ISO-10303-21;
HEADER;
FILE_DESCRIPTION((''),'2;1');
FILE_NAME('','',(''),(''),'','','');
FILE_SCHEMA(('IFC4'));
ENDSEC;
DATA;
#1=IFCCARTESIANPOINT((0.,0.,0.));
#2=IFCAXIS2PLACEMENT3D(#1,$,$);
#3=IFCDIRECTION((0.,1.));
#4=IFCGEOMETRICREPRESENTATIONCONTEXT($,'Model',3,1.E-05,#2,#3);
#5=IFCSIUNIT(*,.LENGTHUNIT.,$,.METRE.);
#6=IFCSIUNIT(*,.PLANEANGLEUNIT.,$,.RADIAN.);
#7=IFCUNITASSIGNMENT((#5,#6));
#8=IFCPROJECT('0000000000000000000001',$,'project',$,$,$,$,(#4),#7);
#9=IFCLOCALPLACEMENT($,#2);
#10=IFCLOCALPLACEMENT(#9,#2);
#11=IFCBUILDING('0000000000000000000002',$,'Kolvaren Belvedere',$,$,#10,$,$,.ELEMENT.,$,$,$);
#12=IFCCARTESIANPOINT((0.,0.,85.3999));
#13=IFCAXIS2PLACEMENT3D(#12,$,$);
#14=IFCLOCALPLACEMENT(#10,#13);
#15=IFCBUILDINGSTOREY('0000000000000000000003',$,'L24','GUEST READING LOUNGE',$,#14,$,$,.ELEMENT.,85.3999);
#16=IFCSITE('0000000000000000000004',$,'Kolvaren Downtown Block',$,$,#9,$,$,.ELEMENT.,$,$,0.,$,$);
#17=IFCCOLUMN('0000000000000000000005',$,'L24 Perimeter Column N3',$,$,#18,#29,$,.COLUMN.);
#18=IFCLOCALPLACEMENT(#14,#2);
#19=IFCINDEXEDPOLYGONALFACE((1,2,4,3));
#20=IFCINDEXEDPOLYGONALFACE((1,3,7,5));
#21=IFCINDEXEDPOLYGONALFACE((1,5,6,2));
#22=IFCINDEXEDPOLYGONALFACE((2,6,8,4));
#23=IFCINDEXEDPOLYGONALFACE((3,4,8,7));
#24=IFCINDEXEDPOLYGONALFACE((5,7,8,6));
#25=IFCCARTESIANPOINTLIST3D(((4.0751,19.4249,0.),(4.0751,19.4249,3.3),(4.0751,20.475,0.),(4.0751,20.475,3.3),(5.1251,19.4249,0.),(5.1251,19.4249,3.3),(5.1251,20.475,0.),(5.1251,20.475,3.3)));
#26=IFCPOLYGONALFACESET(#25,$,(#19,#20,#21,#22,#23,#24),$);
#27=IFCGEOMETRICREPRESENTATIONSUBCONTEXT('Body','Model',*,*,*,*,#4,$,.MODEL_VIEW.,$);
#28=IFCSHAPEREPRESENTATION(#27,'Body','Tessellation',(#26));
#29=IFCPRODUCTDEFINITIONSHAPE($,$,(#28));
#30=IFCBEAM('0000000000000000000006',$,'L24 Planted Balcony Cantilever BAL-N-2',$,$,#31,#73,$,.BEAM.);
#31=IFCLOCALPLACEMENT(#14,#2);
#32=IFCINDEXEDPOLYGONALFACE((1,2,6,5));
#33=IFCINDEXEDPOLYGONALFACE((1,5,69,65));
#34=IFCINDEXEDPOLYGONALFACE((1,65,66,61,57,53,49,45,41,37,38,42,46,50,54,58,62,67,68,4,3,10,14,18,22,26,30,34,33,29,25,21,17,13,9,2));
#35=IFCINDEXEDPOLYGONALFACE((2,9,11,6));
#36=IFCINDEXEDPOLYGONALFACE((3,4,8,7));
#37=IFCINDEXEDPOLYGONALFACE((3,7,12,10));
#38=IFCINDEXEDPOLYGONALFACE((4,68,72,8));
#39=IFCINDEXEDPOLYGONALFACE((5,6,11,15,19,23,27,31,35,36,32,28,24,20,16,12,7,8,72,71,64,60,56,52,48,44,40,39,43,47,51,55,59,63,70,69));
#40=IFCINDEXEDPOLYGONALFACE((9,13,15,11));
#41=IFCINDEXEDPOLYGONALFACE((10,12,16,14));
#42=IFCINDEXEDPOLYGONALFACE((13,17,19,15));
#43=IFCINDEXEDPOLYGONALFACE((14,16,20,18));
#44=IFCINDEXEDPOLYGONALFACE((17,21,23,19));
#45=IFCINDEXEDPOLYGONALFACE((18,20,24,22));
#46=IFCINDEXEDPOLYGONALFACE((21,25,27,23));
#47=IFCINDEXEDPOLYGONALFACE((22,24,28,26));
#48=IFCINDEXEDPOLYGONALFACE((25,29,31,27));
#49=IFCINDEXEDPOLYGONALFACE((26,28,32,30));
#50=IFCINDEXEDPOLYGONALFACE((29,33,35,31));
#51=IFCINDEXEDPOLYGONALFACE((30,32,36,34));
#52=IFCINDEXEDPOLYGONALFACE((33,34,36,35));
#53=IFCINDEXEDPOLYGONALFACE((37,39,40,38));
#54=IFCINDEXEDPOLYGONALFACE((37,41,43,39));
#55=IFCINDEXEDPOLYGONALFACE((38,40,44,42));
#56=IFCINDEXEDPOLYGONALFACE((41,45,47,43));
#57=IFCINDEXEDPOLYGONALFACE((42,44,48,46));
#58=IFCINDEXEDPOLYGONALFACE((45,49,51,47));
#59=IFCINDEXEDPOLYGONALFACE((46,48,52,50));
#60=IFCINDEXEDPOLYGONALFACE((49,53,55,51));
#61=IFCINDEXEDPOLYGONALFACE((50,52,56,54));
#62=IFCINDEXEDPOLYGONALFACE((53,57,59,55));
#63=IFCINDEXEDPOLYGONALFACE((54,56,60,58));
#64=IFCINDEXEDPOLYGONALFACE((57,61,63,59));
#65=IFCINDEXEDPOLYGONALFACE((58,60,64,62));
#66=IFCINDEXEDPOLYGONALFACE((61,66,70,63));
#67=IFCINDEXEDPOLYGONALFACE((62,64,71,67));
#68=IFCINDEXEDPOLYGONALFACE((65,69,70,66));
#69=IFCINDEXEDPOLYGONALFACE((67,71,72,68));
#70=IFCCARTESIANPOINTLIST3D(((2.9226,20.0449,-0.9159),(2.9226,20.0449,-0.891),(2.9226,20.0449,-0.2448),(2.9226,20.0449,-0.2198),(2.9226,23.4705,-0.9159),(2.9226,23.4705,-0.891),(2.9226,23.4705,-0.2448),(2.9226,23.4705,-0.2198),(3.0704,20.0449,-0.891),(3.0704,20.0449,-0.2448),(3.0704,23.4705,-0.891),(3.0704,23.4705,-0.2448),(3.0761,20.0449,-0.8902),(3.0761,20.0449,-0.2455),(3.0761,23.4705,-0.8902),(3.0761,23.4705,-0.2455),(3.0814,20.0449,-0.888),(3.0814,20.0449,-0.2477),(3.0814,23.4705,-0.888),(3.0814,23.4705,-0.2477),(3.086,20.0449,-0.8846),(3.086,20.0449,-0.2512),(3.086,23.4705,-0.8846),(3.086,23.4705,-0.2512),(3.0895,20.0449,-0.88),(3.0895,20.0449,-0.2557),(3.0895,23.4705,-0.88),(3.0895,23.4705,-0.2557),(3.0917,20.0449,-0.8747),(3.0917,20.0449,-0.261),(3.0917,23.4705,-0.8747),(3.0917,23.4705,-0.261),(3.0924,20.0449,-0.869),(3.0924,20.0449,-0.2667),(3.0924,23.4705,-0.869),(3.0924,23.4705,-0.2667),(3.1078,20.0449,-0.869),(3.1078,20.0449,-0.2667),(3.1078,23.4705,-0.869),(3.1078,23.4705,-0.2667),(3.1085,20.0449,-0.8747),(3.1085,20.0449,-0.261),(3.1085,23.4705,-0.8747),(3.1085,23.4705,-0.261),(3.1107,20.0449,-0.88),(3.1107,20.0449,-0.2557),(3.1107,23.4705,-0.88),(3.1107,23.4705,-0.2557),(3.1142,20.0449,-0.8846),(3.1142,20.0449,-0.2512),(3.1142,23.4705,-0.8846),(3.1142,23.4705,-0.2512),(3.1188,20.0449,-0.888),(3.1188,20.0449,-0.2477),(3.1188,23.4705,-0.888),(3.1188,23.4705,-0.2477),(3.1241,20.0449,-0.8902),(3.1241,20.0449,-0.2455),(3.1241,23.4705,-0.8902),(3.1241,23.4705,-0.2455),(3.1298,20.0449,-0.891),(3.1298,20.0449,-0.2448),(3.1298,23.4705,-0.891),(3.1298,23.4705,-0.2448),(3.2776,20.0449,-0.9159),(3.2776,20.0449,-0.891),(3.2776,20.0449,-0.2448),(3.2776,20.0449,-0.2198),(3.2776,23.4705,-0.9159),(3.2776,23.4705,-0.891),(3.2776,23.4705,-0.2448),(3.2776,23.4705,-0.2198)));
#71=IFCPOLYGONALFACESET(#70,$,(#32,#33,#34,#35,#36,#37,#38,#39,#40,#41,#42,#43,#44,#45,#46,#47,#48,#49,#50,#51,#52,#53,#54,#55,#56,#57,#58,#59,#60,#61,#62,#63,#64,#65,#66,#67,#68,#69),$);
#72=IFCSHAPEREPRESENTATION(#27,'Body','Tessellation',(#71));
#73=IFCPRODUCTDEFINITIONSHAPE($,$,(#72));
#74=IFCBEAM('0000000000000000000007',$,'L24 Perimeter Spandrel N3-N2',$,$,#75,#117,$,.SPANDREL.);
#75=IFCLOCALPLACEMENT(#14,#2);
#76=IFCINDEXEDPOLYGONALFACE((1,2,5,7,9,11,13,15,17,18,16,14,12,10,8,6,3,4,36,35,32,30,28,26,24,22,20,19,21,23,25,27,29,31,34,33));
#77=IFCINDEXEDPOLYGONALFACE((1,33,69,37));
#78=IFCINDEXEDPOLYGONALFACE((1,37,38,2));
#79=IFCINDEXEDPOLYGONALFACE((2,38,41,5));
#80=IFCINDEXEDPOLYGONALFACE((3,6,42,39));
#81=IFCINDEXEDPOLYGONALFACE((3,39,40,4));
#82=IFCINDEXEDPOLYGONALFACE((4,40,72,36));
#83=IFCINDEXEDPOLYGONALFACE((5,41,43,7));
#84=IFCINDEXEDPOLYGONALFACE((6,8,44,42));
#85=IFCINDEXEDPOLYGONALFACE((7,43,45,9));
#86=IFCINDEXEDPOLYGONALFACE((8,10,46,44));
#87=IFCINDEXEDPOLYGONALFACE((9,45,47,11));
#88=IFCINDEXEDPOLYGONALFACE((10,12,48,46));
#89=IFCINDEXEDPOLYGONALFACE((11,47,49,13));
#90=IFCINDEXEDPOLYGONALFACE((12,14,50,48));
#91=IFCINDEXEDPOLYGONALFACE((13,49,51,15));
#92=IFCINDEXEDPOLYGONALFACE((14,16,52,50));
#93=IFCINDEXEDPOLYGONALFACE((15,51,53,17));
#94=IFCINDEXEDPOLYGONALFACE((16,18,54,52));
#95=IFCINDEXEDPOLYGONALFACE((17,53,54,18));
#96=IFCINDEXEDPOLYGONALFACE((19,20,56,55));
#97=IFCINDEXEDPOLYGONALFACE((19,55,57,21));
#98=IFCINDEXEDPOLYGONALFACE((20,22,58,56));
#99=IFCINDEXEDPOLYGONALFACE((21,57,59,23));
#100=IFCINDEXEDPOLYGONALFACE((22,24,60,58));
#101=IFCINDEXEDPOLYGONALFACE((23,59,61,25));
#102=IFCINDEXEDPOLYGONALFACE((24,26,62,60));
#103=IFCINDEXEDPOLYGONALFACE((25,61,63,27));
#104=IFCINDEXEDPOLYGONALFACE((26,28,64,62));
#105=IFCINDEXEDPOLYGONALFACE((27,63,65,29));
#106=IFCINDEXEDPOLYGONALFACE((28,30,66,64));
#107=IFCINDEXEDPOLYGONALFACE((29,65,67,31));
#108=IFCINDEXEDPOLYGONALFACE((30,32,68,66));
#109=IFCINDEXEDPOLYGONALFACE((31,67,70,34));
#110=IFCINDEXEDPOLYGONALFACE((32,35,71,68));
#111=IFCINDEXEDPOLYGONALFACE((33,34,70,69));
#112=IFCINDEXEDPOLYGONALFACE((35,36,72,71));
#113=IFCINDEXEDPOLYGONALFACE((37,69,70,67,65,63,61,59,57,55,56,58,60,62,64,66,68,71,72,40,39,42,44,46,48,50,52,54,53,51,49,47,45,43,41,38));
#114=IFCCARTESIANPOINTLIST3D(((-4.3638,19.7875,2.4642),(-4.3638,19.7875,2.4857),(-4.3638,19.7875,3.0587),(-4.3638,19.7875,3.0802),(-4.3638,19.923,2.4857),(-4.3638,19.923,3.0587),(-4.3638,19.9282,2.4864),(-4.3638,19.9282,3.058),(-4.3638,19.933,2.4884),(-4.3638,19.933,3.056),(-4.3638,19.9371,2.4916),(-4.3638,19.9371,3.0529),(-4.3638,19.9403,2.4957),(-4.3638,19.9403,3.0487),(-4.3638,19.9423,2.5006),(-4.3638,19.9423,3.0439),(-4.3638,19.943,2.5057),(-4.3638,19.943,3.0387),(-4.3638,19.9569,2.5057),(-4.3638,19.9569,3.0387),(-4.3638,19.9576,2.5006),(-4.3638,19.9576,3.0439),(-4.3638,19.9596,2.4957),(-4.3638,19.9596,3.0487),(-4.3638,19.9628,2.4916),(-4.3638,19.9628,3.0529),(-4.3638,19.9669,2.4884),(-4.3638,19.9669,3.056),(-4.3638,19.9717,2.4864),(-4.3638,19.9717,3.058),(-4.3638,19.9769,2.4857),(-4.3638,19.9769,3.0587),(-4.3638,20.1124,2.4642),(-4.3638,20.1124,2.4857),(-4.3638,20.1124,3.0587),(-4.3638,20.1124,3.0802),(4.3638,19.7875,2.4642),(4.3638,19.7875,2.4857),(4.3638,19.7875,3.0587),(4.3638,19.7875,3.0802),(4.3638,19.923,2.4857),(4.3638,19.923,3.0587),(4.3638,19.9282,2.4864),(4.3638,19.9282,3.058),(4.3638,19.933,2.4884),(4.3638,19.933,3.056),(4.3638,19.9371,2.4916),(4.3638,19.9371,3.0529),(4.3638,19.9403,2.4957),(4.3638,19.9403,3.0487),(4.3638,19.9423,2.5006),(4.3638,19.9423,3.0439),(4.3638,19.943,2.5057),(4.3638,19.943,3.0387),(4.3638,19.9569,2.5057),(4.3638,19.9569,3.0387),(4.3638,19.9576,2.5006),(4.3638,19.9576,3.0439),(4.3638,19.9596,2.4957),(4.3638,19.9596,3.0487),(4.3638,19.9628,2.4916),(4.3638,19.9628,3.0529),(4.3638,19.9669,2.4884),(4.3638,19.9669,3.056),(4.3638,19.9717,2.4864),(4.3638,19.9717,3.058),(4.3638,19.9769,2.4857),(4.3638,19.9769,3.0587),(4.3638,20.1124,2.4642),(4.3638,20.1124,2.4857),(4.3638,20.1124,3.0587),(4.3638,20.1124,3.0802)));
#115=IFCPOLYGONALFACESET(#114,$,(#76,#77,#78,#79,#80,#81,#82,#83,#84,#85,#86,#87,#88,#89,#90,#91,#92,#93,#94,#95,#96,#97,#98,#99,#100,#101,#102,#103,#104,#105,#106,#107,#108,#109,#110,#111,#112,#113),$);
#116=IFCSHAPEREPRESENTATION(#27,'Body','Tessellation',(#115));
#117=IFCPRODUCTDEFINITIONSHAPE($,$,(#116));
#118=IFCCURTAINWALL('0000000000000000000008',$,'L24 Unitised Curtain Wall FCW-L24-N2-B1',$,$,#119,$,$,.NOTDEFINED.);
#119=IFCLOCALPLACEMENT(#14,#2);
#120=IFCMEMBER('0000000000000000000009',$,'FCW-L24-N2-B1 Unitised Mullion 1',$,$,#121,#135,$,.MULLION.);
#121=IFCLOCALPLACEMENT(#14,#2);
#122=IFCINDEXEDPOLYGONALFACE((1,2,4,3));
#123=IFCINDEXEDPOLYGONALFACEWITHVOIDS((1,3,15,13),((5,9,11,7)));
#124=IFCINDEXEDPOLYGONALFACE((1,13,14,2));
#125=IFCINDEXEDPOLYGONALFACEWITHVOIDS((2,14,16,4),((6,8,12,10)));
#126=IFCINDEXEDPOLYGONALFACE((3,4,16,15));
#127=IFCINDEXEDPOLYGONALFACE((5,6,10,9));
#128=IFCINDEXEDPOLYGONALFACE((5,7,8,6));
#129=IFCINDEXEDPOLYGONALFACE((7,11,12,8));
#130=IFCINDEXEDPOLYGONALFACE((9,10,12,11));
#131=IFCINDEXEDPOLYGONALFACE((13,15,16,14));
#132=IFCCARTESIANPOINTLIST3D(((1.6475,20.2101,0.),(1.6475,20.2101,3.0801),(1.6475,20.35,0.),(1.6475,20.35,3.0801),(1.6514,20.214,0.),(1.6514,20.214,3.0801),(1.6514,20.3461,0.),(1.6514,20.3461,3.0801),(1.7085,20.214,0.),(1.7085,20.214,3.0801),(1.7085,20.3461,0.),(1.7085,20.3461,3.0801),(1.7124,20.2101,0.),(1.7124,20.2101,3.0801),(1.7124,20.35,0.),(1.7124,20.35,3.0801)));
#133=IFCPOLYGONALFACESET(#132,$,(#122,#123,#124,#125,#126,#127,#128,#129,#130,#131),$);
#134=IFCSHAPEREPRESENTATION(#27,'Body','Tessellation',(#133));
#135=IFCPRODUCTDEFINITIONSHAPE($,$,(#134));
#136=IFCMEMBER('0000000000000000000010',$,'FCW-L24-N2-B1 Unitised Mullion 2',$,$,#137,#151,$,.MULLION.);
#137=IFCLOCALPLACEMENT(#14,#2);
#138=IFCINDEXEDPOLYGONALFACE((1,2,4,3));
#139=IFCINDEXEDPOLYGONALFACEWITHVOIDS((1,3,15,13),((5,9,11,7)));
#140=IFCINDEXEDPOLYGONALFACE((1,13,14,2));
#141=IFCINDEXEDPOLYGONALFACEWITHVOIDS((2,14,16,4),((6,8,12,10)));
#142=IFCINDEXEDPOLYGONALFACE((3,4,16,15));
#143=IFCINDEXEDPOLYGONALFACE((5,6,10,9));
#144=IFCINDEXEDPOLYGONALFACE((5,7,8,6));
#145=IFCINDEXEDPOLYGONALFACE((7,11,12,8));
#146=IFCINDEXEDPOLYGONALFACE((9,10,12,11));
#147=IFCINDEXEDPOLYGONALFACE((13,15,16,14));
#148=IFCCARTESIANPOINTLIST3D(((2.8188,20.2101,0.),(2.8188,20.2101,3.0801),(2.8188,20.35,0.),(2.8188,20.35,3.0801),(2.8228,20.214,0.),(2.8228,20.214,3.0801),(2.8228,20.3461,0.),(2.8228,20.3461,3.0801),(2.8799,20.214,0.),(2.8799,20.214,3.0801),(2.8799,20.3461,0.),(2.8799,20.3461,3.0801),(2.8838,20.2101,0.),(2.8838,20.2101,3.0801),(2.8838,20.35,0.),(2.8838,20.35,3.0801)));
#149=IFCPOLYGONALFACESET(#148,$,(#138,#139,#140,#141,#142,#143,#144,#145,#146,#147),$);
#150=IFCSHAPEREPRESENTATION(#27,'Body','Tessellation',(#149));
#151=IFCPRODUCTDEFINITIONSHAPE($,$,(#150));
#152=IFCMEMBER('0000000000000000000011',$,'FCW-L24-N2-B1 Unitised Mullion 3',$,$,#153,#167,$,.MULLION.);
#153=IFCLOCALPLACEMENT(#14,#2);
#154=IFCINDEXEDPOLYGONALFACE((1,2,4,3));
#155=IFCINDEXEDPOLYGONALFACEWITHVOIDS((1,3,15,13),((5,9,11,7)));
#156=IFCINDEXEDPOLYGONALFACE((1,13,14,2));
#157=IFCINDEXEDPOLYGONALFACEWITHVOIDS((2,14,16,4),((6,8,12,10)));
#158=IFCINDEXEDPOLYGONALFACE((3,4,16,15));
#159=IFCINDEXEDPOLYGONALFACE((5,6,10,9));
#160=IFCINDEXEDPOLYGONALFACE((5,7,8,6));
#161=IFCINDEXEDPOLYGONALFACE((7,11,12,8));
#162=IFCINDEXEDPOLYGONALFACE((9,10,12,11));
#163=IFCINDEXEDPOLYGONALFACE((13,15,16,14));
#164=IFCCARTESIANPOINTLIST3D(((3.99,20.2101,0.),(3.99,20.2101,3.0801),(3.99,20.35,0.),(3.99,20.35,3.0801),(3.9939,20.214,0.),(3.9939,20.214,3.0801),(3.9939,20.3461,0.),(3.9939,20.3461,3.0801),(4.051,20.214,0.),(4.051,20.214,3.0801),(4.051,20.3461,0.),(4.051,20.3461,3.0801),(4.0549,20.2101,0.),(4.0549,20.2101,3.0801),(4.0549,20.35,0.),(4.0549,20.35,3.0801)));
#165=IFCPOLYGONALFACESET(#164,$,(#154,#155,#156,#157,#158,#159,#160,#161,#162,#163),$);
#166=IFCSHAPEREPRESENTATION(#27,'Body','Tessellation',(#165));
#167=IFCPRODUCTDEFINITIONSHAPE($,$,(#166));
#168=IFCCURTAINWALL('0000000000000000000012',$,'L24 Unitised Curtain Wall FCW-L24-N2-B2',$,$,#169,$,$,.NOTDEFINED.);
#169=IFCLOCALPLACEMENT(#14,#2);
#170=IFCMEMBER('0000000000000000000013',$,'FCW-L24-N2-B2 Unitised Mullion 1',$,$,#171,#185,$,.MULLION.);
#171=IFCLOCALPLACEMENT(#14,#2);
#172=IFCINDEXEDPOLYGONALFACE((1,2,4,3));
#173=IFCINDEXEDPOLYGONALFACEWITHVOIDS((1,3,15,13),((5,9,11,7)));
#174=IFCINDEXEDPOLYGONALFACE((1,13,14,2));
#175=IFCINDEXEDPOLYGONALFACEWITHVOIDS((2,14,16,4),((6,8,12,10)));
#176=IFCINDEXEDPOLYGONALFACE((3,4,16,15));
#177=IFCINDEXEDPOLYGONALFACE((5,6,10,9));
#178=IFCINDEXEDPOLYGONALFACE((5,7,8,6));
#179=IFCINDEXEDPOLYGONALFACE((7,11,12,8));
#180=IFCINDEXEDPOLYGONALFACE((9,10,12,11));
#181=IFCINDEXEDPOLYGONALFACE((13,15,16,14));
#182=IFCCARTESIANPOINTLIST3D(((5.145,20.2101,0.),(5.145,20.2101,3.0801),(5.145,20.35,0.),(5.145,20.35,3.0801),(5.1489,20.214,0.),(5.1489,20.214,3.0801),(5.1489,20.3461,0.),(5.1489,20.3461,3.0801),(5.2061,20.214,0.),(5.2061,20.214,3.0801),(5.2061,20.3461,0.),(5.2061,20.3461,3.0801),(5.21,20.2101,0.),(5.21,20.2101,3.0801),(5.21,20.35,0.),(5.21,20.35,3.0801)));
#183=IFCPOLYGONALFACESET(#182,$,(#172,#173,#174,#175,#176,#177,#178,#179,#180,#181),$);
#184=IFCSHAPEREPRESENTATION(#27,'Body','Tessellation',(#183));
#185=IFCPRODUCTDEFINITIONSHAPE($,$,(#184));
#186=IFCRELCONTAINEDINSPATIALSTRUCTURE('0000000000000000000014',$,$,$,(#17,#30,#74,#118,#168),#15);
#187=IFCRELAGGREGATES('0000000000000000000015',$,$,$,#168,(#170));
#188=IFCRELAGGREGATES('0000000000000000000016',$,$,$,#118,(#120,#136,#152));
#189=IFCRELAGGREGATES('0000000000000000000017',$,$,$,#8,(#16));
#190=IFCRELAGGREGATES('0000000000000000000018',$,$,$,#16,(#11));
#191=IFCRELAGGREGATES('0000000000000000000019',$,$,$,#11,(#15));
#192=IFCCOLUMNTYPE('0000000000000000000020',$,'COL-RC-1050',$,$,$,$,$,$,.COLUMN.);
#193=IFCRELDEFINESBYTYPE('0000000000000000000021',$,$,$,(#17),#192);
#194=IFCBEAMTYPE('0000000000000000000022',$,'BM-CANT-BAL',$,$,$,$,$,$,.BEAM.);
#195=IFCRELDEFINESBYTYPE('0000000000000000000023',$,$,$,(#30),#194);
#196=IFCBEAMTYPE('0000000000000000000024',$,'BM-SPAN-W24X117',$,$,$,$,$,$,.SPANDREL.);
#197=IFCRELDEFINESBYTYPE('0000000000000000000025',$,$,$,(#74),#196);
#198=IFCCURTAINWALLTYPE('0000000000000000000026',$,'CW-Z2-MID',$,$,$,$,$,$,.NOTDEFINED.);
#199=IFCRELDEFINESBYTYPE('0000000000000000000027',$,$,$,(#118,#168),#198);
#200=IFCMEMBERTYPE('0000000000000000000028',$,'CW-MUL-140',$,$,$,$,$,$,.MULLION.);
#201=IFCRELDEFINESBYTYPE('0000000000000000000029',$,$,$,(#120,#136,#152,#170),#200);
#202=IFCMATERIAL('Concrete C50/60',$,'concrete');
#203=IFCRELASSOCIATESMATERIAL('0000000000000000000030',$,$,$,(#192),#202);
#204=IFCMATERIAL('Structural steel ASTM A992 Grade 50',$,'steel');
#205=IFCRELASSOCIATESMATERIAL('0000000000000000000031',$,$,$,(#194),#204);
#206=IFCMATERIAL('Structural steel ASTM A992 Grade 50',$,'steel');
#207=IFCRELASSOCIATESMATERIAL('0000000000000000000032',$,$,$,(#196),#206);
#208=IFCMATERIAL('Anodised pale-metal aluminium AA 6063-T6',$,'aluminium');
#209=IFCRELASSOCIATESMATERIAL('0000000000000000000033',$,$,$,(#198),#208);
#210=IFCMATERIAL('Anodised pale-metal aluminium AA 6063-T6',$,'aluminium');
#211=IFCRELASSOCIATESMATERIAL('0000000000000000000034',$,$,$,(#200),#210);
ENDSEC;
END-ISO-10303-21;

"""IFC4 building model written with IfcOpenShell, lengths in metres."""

from ifc_helpers import new_model, si_unit, direction, frame, origin, origin_2d, place, context, subcontext, project, spatial, rectangle, hollow_rectangle, i_section, extrude, material, material_profile, profile_set, type_object, element, aggregate, save


model = new_model("IFC4")

# Units and contexts
model_context = context("Model", 3, precision=1e-05, world=origin(), true_north=direction((0.0, 1.0)))
body_context = subcontext(model_context, "Body", "Model", "MODEL_VIEW")
ifc_project = project(units=[si_unit("LENGTHUNIT", "METRE"), si_unit("PLANEANGLEUNIT", "RADIAN")], contexts=[model_context])

# Site, building, storey
site_placement = place(None, origin())
site = spatial("IfcSite", under=ifc_project, at=site_placement, Name="Kolvaren Downtown Block", CompositionType="ELEMENT", RefElevation=0.0)
building_placement = place(site_placement, origin())
building = spatial("IfcBuilding", under=site, at=building_placement, Name="Kolvaren Belvedere", CompositionType="ELEMENT")
storey_placement = place(building_placement, frame((0.0, 0.0, 85.3999)))
storey = spatial("IfcBuildingStorey", under=building, at=storey_placement, Name="L24", Description="GUEST READING LOUNGE", CompositionType="ELEMENT", Elevation=85.3999)

# Column
ifc_material_1 = material(Name="Concrete C50/60", Category="concrete")
ifc_material_profile_1 = material_profile(ifc_material_1, rectangle(XDim=1.05, YDim=1.05, at=origin_2d()), Name="RC 1050X1050")
ifc_profile_set_1 = profile_set([ifc_material_profile_1], Name="Concrete C50/60")
column_type = type_object("IfcColumnType", Name="COL-RC-1050", PredefinedType="COLUMN", material=ifc_profile_set_1)
column_placement = place(storey_placement, frame((4.6001, 19.95, 0.0), z_axis=(0.0, 0.0, 1.0), x_axis=(1.0, 0.0, 0.0)))
element("IfcColumn", 1, at=column_placement, inside=storey, type_object=column_type, Name="L24 Perimeter Column N3", PredefinedType="COLUMN", context=body_context, shape_type="SweptSolid", body=[
    extrude(rectangle(XDim=1.05, YDim=1.05, at=origin_2d()), origin(), (0.0, 0.0, 1.0), 3.3),
])

# Beams
ifc_material_2 = material(Name="Structural steel ASTM A992 Grade 50", Category="steel")
ifc_material_profile_2 = material_profile(ifc_material_2, i_section(OverallWidth=0.355, OverallDepth=0.696, WebThickness=0.0154, FlangeThickness=0.0249, FilletRadius=0.022, at=origin_2d()), Name="W27X146")
ifc_profile_set_2 = profile_set([ifc_material_profile_2], Name="Structural steel ASTM A992 Grade 50")
beam_type_1 = type_object("IfcBeamType", Name="BM-CANT-BAL", PredefinedType="BEAM", material=ifc_profile_set_2)
beam_1_placement = place(storey_placement, frame((3.1001, 20.0449, -0.5679), z_axis=(0.0, 1.0, 0.0), x_axis=(-1.0, 0.0, 0.0)))
element("IfcBeam", 2, at=beam_1_placement, inside=storey, type_object=beam_type_1, Name="L24 Planted Balcony Cantilever BAL-N-2", PredefinedType="BEAM", context=body_context, shape_type="SweptSolid", body=[
    extrude(i_section(OverallWidth=0.355, OverallDepth=0.696, WebThickness=0.0154, FlangeThickness=0.0249, FilletRadius=0.022, at=origin_2d()), origin(), (0.0, 0.0, 1.0), 3.4255),
])
ifc_material_3 = material(Name="Structural steel ASTM A992 Grade 50", Category="steel")
ifc_material_profile_3 = material_profile(ifc_material_3, i_section(OverallWidth=0.325, OverallDepth=0.616, WebThickness=0.0139, FlangeThickness=0.0215, FilletRadius=0.02, at=origin_2d()), Name="W24X117")
ifc_profile_set_3 = profile_set([ifc_material_profile_3], Name="Structural steel ASTM A992 Grade 50")
beam_type_2 = type_object("IfcBeamType", Name="BM-SPAN-W24X117", PredefinedType="SPANDREL", material=ifc_profile_set_3)
beam_2_placement = place(storey_placement, frame((4.3638, 19.95, 2.7722), z_axis=(-1.0, 0.0, 0.0), x_axis=(0.0, -1.0, 0.0)))
element("IfcBeam", 3, at=beam_2_placement, inside=storey, type_object=beam_type_2, Name="L24 Perimeter Spandrel N3-N2", PredefinedType="SPANDREL", context=body_context, shape_type="SweptSolid", body=[
    extrude(i_section(OverallWidth=0.325, OverallDepth=0.616, WebThickness=0.0139, FlangeThickness=0.0215, FilletRadius=0.02, at=origin_2d()), origin(), (0.0, 0.0, 1.0), 8.7275),
])

# Curtain wall, members
ifc_material_4 = material(Name="Anodised pale-metal aluminium AA 6063-T6", Category="aluminium")
curtain_wall_type = type_object("IfcCurtainWallType", Name="CW-Z2-MID", PredefinedType="NOTDEFINED", material=ifc_material_4)
curtain_wall_1_placement = place(storey_placement, origin())
curtain_wall_1 = element("IfcCurtainWall", 4, at=curtain_wall_1_placement, inside=storey, type_object=curtain_wall_type, Name="L24 Unitised Curtain Wall FCW-L24-N2-B1", PredefinedType="NOTDEFINED")
ifc_material_5 = material(Name="Anodised pale-metal aluminium AA 6063-T6", Category="aluminium")
ifc_material_profile_4 = material_profile(ifc_material_5, hollow_rectangle(XDim=0.0649, YDim=0.1399, WallThickness=0.0039, at=origin_2d()), Name="ALU-MUL-140X65")
ifc_profile_set_4 = profile_set([ifc_material_profile_4], Name="Anodised pale-metal aluminium AA 6063-T6")
member_type_1 = type_object("IfcMemberType", Name="CW-MUL-140", PredefinedType="MULLION", material=ifc_profile_set_4)
member_1_placement = place(storey_placement, frame((1.6799, 20.28, 0.0), z_axis=(0.0, 0.0, 1.0), x_axis=(1.0, 0.0, 0.0)))
member_1 = element("IfcMember", 5, at=member_1_placement, type_object=member_type_1, Name="FCW-L24-N2-B1 Unitised Mullion 1", PredefinedType="MULLION", context=body_context, shape_type="SweptSolid", body=[
    extrude(hollow_rectangle(XDim=0.0649, YDim=0.1399, WallThickness=0.0039, at=origin_2d()), origin(), (0.0, 0.0, 1.0), 3.0801),
])
member_2_placement = place(storey_placement, frame((2.8513, 20.28, 0.0), z_axis=(0.0, 0.0, 1.0), x_axis=(1.0, 0.0, 0.0)))
member_2 = element("IfcMember", 6, at=member_2_placement, type_object=member_type_1, Name="FCW-L24-N2-B1 Unitised Mullion 2", PredefinedType="MULLION", context=body_context, shape_type="SweptSolid", body=[
    extrude(hollow_rectangle(XDim=0.0649, YDim=0.1399, WallThickness=0.0039, at=origin_2d()), origin(), (0.0, 0.0, 1.0), 3.0801),
])
member_3_placement = place(storey_placement, frame((4.0225, 20.28, 0.0), z_axis=(0.0, 0.0, 1.0), x_axis=(1.0, 0.0, 0.0)))
member_3 = element("IfcMember", 7, at=member_3_placement, type_object=member_type_1, Name="FCW-L24-N2-B1 Unitised Mullion 3", PredefinedType="MULLION", context=body_context, shape_type="SweptSolid", body=[
    extrude(hollow_rectangle(XDim=0.0649, YDim=0.1399, WallThickness=0.0039, at=origin_2d()), origin(), (0.0, 0.0, 1.0), 3.0801),
])

# Curtain wall, member
curtain_wall_2_placement = place(storey_placement, origin())
curtain_wall_2 = element("IfcCurtainWall", 8, at=curtain_wall_2_placement, inside=storey, type_object=curtain_wall_type, Name="L24 Unitised Curtain Wall FCW-L24-N2-B2", PredefinedType="NOTDEFINED")
member_4_placement = place(storey_placement, frame((5.1775, 20.28, 0.0), z_axis=(0.0, 0.0, 1.0), x_axis=(1.0, 0.0, 0.0)))
member_4 = element("IfcMember", 9, at=member_4_placement, type_object=member_type_1, Name="FCW-L24-N2-B2 Unitised Mullion 1", PredefinedType="MULLION", context=body_context, shape_type="SweptSolid", body=[
    extrude(hollow_rectangle(XDim=0.0649, YDim=0.1399, WallThickness=0.0039, at=origin_2d()), origin(), (0.0, 0.0, 1.0), 3.0801),
])

aggregate(curtain_wall_2, [member_4])

aggregate(curtain_wall_1, [member_1, member_2, member_3])

save(model, "model.ifc")
